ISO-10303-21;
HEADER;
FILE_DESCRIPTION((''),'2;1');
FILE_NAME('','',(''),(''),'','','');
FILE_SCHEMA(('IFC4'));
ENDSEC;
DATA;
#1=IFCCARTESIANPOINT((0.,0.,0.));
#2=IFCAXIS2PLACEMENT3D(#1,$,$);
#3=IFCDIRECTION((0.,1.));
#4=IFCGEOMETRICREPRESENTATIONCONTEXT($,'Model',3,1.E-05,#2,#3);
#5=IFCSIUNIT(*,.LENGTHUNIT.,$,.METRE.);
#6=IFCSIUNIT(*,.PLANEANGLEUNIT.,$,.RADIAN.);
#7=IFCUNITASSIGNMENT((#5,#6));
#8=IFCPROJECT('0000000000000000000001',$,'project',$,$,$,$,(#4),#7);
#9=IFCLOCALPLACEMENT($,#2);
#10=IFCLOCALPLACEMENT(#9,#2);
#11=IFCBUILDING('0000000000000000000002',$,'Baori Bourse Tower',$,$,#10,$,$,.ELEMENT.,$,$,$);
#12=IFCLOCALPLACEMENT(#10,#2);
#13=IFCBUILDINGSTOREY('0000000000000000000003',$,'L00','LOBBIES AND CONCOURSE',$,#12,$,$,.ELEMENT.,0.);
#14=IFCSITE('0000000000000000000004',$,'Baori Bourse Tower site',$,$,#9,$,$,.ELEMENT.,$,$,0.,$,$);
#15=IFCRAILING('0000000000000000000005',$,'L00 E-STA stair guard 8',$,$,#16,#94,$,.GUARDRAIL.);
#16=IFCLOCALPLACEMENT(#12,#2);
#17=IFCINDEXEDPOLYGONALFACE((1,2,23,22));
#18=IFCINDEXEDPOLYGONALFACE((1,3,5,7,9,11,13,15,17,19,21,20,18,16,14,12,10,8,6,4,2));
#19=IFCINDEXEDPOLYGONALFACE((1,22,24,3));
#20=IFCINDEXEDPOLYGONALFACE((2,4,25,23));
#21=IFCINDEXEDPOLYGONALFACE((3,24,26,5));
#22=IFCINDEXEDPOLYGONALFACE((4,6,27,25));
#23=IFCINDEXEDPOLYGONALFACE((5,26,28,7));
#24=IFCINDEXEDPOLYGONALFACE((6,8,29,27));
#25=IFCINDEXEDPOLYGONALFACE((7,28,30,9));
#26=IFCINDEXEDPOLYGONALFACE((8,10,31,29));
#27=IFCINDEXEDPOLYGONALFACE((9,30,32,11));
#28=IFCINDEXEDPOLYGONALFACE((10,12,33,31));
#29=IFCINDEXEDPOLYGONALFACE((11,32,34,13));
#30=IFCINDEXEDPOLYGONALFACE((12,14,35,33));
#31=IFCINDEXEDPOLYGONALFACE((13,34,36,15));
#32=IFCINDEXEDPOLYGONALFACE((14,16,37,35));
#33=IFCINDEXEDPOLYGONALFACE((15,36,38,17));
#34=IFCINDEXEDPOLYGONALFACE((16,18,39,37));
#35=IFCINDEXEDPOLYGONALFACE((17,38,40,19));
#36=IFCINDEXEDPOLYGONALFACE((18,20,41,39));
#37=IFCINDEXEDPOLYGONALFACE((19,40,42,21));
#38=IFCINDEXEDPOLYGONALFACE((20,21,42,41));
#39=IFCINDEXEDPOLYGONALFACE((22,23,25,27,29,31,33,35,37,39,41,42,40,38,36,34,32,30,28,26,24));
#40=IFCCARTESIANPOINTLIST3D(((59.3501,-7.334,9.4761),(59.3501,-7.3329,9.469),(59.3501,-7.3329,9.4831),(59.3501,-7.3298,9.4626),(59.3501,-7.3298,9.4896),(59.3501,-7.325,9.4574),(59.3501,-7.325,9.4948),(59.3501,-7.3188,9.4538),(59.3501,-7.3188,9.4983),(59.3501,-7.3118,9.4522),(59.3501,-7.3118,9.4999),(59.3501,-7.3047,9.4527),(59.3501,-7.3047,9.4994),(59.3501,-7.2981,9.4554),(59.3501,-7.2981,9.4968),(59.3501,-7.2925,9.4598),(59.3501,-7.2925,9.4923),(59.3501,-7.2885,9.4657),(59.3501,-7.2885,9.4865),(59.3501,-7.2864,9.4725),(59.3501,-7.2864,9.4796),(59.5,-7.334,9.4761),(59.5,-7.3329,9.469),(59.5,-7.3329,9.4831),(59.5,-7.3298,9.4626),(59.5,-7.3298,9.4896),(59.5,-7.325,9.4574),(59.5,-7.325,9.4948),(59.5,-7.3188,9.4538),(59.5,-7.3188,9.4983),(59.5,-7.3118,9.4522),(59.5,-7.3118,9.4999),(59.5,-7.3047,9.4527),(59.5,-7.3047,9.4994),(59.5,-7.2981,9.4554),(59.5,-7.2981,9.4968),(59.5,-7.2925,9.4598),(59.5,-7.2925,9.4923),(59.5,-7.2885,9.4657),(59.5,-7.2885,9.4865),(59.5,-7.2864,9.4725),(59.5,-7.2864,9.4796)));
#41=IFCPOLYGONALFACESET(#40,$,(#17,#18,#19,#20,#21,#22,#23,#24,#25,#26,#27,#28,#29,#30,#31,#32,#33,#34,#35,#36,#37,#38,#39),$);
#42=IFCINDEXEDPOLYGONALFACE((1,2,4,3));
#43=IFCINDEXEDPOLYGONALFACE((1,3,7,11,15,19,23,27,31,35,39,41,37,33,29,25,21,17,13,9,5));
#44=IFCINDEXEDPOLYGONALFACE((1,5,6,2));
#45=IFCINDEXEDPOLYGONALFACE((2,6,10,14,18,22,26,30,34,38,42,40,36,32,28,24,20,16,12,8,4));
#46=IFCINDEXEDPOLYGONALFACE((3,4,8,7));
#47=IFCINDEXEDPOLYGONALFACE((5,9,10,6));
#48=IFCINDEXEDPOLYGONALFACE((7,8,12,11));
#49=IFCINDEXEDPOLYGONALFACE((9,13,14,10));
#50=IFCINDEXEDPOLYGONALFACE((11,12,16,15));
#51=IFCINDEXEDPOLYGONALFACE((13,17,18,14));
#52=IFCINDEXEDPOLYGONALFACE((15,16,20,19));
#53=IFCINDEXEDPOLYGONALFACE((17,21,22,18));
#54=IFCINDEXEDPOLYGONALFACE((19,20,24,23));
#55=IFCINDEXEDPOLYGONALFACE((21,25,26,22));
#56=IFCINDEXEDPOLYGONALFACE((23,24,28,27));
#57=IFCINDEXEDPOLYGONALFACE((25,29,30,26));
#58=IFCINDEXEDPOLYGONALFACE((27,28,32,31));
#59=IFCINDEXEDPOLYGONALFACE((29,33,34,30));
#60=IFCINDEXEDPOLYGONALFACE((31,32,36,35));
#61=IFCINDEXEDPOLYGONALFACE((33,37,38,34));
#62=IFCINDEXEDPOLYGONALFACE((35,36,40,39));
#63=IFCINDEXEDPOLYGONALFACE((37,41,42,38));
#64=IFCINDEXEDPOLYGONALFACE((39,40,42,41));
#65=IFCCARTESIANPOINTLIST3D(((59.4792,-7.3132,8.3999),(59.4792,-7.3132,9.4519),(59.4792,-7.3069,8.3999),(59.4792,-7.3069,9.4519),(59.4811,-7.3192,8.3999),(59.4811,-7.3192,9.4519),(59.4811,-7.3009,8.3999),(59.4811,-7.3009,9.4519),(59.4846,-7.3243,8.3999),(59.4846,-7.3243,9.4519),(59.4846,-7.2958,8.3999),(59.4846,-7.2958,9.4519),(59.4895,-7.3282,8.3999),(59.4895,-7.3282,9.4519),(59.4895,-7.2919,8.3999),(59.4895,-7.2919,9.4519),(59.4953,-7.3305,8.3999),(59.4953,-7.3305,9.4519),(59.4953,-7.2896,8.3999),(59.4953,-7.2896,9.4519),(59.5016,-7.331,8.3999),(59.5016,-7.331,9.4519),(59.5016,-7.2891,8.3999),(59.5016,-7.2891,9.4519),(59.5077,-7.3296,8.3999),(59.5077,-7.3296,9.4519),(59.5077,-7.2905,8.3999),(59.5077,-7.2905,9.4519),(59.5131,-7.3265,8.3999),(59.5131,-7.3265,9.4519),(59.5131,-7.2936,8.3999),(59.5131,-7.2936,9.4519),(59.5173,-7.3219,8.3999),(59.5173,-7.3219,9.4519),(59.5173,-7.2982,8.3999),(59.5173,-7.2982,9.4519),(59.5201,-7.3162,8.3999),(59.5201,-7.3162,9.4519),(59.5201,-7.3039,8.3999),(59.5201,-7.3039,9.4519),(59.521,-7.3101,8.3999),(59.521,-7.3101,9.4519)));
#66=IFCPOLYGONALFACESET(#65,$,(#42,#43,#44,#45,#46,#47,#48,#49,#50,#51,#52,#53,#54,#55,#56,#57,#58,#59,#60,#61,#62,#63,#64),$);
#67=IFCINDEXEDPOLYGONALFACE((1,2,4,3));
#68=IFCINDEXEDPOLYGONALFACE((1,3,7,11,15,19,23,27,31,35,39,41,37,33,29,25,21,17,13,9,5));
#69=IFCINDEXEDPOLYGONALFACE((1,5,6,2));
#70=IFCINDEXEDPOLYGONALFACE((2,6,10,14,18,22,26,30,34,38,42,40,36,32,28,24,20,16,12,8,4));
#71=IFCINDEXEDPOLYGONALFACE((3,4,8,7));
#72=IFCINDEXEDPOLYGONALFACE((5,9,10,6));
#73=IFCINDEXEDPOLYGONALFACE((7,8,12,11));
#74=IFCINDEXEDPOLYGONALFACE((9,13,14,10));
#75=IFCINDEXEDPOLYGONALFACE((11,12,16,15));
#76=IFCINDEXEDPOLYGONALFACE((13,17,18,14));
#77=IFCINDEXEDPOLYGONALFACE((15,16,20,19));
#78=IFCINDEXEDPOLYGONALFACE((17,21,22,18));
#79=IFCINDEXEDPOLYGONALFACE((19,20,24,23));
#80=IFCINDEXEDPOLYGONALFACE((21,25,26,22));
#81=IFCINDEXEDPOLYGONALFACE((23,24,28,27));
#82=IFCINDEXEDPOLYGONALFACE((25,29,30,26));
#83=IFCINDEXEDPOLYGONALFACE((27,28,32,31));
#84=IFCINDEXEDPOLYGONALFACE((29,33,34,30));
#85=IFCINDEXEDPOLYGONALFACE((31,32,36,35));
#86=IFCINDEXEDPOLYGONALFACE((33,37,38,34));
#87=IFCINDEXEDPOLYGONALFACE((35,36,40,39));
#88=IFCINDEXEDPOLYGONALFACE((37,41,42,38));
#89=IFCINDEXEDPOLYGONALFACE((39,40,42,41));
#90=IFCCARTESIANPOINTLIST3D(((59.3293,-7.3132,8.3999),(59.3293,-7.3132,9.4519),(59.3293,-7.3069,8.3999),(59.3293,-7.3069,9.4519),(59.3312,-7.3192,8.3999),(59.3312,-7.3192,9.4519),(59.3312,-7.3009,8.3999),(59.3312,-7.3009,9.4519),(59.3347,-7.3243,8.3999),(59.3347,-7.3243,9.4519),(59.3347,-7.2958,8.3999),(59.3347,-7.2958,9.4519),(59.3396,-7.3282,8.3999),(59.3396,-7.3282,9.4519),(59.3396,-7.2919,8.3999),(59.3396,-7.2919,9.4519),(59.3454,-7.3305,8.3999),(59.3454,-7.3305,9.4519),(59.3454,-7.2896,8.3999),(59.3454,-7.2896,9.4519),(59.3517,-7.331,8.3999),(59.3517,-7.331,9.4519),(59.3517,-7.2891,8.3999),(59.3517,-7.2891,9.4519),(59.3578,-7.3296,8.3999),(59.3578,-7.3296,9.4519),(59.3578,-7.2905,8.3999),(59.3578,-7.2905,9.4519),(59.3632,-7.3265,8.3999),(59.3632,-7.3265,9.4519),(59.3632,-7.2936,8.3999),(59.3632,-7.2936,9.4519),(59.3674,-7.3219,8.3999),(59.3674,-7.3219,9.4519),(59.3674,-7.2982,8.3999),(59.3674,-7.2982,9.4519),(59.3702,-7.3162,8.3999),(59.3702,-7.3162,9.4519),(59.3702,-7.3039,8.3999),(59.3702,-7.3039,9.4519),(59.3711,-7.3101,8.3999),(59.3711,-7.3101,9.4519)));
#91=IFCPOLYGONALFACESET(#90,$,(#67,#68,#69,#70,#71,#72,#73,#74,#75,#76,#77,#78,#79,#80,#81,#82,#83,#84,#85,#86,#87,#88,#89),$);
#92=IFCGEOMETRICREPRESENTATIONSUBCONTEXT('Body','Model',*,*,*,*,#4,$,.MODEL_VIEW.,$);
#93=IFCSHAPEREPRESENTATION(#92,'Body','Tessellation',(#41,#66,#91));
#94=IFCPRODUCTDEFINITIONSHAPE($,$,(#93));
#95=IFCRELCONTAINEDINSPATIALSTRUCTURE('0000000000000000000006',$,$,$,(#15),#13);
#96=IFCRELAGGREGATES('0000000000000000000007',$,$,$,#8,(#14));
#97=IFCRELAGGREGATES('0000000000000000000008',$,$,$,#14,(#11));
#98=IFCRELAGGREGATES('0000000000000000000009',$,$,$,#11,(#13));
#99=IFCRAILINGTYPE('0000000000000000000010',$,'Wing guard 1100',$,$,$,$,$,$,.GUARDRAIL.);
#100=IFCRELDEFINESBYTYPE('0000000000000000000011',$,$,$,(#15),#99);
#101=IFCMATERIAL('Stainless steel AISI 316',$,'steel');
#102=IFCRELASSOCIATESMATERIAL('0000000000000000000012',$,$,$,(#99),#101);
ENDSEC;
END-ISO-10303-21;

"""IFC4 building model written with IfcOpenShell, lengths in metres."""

from ifc_helpers import new_model, si_unit, direction, frame, origin, origin_2d, place, context, subcontext, project, spatial, circle, extrude, material, type_object, element, save


model = new_model("IFC4")

# Units and contexts
model_context = context("Model", 3, precision=1e-05, world=origin(), true_north=direction((0.0, 1.0)))
body_context = subcontext(model_context, "Body", "Model", "MODEL_VIEW")
ifc_project = project(units=[si_unit("LENGTHUNIT", "METRE"), si_unit("PLANEANGLEUNIT", "RADIAN")], contexts=[model_context])

# Site, building, storey
site_placement = place(None, origin())
site = spatial("IfcSite", under=ifc_project, at=site_placement, Name="Baori Bourse Tower site", CompositionType="ELEMENT", RefElevation=0.0)
building_placement = place(site_placement, origin())
building = spatial("IfcBuilding", under=site, at=building_placement, Name="Baori Bourse Tower", CompositionType="ELEMENT")
storey_placement = place(building_placement, origin())
storey = spatial("IfcBuildingStorey", under=building, at=storey_placement, Name="L00", Description="LOBBIES AND CONCOURSE", CompositionType="ELEMENT", Elevation=0.0)

# Railing
ifc_material_1 = material(Name="Stainless steel AISI 316", Category="steel")
railing_type_1 = type_object("IfcRailingType", Name="Wing guard 1100", PredefinedType="GUARDRAIL", material=ifc_material_1)
railing_1_placement = place(storey_placement, frame((59.5, -7.3101, 8.3999)))
element("IfcRailing", 1, at=railing_1_placement, inside=storey, type_object=railing_type_1, Name="L00 E-STA stair guard 8", PredefinedType="GUARDRAIL", context=body_context, shape_type="SweptSolid", body=[
    extrude(circle(Radius=0.0239, at=origin_2d()), frame((0.0, 0.0, 1.0762), z_axis=(-1.0, 0.0, 0.0), x_axis=(0.0, -1.0, 0.0)), (0.0, 0.0, 1.0), 0.1499),
    extrude(circle(Radius=0.021, at=origin_2d()), origin(), (0.0, 0.0, 1.0), 1.052),
    extrude(circle(Radius=0.021, at=origin_2d()), frame((-0.1499, 0.0, 0.0)), (0.0, 0.0, 1.0), 1.052),
])

save(model, "model.ifc")
